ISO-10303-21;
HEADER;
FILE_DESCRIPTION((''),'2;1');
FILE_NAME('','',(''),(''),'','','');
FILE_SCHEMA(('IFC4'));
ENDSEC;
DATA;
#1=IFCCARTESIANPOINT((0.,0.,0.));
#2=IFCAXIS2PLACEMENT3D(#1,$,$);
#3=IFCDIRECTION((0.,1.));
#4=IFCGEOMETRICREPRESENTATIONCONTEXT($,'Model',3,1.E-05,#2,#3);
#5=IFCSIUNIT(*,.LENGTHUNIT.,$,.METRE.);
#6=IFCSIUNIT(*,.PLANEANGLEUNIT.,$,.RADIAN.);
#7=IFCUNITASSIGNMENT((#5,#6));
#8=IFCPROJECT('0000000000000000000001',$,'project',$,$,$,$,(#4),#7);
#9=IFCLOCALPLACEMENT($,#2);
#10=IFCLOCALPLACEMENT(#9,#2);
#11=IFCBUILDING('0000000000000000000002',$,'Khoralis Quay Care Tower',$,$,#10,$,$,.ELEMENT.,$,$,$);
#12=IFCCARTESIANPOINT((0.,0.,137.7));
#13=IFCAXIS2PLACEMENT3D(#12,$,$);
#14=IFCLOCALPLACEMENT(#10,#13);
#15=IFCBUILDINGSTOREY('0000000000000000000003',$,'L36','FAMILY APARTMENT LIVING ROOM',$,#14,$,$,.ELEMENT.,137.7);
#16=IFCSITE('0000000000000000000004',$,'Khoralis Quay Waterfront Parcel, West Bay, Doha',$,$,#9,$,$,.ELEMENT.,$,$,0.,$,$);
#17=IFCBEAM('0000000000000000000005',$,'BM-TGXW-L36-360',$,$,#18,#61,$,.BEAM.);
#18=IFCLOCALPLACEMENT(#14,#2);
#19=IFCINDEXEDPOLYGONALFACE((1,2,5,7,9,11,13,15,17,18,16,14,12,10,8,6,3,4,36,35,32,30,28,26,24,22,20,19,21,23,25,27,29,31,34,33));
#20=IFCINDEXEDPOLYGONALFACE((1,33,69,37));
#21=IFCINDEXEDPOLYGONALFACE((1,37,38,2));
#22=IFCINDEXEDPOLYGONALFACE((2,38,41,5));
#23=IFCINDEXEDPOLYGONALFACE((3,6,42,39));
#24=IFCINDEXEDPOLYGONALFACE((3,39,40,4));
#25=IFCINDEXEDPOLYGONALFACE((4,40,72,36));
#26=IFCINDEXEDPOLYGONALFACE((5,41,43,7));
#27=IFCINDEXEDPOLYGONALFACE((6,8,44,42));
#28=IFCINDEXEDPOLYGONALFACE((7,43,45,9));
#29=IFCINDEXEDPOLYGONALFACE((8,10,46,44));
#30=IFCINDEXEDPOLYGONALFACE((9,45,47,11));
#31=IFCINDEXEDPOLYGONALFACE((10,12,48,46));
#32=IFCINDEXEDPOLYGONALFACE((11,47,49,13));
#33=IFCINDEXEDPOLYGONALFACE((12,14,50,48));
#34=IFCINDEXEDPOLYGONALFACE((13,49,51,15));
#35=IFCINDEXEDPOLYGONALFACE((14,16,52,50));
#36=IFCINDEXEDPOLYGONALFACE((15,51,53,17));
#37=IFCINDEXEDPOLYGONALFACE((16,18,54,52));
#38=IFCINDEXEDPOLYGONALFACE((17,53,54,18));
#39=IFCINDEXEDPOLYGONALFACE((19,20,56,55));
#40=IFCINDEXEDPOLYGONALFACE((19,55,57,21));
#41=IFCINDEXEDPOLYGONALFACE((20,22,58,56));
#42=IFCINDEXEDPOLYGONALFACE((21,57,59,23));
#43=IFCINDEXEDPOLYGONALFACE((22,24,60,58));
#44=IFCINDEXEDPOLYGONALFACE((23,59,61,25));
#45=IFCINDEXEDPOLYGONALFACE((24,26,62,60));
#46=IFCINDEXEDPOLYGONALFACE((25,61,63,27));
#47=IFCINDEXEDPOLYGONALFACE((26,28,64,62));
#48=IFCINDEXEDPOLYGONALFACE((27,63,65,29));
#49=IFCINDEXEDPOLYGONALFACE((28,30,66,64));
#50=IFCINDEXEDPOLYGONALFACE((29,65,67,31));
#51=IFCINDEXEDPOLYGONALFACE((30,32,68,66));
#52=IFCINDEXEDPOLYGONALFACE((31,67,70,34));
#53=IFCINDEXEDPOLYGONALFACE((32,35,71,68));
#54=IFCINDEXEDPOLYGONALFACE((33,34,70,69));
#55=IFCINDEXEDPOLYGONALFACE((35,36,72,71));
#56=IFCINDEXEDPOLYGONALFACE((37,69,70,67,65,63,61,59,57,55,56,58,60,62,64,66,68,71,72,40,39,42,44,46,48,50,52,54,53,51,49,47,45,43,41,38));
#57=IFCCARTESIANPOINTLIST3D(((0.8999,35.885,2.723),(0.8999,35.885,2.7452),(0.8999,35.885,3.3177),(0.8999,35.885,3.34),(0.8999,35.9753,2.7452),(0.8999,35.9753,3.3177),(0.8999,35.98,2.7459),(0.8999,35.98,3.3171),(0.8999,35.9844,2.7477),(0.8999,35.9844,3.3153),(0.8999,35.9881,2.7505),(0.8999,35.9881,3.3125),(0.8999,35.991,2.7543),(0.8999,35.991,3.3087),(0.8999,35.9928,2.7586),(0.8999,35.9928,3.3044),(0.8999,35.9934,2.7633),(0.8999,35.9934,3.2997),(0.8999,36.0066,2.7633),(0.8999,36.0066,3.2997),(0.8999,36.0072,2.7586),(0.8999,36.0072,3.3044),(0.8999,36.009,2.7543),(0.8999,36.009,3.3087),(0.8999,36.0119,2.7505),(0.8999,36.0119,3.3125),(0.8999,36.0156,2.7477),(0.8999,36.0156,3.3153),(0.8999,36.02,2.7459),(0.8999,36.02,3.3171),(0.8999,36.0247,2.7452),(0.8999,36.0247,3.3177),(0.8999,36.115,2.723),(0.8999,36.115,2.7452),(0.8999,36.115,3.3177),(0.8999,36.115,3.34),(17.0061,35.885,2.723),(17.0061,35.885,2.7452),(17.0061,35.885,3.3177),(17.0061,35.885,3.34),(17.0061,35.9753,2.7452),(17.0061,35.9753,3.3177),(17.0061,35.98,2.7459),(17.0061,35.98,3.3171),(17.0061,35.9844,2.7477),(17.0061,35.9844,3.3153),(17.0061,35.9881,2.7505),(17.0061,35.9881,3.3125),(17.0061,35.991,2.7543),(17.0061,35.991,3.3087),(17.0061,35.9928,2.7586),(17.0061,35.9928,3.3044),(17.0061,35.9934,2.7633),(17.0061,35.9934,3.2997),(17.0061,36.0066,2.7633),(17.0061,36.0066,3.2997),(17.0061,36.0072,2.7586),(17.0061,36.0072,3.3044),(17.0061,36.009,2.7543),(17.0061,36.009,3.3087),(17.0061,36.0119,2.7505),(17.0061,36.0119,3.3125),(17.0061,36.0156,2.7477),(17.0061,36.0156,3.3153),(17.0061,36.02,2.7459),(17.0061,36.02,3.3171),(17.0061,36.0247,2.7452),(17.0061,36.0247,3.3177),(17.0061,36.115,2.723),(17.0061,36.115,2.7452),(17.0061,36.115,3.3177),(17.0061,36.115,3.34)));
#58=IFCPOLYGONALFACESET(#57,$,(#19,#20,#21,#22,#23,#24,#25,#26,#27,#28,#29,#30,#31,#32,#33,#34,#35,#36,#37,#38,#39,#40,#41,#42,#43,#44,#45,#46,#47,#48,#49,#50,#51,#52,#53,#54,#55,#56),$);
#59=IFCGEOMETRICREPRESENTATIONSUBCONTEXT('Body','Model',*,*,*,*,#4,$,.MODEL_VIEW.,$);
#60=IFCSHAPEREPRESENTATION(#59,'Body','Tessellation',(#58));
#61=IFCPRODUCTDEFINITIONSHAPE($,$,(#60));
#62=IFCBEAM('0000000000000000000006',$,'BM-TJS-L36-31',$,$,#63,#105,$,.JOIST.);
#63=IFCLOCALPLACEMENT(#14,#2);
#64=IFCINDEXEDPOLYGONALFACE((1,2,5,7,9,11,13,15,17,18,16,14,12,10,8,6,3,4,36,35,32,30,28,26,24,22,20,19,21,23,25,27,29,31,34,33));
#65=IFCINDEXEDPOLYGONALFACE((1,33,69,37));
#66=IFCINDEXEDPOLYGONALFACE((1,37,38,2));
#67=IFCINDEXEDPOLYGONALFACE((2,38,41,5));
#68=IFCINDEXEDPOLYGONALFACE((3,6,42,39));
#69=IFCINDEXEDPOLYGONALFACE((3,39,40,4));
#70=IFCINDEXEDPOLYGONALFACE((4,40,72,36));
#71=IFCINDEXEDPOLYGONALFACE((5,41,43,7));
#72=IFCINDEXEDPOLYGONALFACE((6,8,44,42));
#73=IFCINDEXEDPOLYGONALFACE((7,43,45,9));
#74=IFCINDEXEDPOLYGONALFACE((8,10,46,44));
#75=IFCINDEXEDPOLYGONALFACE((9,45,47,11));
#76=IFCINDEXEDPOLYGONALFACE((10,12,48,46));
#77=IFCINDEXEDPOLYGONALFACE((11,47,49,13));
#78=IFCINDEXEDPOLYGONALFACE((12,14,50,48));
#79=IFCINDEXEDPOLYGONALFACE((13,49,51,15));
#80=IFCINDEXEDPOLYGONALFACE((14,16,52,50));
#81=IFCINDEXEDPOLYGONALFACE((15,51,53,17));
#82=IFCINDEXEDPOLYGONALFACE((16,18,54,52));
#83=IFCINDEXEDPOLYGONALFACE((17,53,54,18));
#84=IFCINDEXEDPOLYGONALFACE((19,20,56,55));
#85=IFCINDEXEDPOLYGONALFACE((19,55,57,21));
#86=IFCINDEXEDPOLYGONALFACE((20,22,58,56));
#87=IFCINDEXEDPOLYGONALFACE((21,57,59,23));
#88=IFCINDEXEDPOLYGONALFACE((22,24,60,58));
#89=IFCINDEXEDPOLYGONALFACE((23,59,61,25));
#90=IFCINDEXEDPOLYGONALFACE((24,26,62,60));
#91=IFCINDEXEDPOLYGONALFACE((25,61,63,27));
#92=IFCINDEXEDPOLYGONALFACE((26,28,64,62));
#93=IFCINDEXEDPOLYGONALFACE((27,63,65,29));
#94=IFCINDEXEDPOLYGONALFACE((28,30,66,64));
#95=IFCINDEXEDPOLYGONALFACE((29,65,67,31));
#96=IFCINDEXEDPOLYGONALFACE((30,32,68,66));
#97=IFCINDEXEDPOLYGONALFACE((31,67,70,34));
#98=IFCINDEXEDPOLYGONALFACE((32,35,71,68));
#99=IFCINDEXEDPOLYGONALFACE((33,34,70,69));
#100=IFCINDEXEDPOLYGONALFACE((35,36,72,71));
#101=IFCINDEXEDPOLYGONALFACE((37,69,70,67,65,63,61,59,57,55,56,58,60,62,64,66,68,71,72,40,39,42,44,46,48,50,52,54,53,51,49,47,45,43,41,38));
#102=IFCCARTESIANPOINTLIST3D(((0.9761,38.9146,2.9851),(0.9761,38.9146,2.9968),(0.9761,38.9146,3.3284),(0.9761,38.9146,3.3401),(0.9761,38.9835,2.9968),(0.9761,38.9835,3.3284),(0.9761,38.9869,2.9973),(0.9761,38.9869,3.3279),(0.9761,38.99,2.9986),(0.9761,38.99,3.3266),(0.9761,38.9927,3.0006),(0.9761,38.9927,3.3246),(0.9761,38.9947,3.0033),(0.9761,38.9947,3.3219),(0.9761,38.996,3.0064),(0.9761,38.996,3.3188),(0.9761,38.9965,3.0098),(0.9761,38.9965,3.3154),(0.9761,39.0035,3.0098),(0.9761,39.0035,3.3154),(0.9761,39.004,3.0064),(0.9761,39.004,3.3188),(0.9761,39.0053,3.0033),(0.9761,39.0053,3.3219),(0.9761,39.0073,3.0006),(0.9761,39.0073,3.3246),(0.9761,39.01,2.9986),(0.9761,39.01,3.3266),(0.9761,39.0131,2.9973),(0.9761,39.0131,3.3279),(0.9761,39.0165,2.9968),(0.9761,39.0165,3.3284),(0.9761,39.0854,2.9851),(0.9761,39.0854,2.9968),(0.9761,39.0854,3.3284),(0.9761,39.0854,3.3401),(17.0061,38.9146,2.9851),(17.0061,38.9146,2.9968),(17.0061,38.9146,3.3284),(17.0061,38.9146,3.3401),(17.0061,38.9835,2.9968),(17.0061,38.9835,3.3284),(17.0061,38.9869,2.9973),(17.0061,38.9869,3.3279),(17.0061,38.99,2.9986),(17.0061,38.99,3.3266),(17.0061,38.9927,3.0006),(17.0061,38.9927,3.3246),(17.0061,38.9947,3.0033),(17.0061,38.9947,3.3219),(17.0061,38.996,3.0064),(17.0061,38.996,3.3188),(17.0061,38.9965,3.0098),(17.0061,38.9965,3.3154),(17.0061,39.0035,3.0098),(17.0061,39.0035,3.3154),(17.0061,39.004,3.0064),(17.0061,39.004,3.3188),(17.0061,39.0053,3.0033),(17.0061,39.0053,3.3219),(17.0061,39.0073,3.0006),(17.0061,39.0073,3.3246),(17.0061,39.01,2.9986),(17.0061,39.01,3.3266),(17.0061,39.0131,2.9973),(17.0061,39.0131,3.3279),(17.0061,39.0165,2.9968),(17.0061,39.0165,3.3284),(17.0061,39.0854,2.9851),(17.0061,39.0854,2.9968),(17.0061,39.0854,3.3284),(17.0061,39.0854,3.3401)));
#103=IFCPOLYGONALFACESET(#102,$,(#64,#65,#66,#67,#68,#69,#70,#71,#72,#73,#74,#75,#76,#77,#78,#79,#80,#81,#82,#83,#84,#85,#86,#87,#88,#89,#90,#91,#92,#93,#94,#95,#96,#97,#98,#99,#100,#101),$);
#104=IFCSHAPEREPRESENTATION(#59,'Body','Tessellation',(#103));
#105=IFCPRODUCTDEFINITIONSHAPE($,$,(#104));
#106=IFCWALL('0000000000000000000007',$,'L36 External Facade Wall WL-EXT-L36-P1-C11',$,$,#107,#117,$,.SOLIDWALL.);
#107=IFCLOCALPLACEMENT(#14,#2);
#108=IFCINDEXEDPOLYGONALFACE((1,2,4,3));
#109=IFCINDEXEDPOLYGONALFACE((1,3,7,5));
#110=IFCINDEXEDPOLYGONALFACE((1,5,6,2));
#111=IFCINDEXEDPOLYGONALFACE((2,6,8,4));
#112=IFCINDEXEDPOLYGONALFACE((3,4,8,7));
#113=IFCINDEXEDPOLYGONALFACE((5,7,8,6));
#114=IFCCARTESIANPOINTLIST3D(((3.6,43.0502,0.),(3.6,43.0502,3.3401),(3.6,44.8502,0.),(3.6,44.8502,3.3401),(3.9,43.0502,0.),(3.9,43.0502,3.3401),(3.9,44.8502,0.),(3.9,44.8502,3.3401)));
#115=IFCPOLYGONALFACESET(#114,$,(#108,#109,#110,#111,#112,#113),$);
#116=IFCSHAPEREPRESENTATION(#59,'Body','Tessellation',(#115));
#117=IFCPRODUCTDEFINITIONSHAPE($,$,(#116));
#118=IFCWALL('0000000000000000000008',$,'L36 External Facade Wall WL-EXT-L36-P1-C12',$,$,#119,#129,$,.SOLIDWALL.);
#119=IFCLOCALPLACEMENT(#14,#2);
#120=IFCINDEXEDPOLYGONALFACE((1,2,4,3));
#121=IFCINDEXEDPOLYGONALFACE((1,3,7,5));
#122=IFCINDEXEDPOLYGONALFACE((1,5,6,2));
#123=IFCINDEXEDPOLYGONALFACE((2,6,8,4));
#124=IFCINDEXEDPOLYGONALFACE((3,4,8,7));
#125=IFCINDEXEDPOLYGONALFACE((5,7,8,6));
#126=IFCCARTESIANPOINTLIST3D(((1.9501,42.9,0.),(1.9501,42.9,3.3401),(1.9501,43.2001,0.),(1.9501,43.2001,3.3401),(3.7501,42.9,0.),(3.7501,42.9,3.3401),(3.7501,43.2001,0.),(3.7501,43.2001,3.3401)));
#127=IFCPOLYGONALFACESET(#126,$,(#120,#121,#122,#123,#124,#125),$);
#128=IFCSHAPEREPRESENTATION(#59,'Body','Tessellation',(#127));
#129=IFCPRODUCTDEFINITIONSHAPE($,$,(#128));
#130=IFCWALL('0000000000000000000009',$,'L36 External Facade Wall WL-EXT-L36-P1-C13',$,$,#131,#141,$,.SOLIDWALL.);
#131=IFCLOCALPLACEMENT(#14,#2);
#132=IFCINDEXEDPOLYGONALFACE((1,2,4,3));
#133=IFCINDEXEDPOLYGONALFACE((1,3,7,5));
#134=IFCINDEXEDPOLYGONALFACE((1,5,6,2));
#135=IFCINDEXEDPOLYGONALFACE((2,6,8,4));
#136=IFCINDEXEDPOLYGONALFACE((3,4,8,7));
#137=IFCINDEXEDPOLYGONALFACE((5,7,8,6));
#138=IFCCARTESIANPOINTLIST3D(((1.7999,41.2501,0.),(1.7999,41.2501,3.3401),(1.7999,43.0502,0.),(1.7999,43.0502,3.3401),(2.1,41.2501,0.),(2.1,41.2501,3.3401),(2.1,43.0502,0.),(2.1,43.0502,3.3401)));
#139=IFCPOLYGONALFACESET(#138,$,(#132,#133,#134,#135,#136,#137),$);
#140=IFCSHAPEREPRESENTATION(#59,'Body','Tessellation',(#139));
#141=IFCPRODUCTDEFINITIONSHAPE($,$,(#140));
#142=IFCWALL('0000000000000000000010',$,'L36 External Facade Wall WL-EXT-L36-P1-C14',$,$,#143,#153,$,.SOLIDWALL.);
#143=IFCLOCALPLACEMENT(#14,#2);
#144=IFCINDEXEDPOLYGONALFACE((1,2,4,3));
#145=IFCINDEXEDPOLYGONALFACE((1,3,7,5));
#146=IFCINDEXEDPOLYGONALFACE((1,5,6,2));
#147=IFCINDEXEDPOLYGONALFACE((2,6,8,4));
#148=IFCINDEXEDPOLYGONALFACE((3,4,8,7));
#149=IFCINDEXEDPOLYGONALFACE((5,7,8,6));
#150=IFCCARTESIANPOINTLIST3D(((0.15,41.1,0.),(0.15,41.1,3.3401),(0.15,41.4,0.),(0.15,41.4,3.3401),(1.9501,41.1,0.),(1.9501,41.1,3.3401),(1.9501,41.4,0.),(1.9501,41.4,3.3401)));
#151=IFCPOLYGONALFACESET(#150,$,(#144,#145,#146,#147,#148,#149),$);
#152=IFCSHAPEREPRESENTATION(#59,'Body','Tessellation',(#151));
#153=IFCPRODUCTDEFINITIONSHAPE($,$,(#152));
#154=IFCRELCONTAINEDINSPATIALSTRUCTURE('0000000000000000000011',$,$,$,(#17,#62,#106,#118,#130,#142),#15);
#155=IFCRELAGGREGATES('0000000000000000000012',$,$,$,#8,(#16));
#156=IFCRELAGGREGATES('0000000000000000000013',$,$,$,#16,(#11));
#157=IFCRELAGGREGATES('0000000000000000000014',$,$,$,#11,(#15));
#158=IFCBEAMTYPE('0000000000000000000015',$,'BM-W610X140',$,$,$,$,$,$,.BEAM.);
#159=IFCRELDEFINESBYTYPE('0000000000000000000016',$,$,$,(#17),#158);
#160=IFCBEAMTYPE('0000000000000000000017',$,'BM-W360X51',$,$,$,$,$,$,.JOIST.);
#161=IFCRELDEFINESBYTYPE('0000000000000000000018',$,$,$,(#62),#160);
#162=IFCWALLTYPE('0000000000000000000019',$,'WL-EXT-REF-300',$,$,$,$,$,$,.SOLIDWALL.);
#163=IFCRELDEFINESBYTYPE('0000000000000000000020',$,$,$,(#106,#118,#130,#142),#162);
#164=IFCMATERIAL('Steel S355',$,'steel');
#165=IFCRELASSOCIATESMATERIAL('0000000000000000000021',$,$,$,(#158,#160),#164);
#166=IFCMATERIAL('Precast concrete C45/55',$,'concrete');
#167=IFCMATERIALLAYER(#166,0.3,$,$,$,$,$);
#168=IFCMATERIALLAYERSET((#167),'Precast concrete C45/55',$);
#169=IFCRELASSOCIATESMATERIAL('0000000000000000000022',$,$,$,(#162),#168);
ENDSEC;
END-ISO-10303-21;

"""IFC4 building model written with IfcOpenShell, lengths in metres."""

from ifc_helpers import new_model, si_unit, direction, frame, frame_2d, origin, origin_2d, place, context, subcontext, project, spatial, rectangle, i_section, extrude, source, transform, mapped, material, layer, layer_set, material_profile, profile_set, type_object, element, save


model = new_model("IFC4")

# Units and contexts
model_context = context("Model", 3, precision=1e-05, world=origin(), true_north=direction((0.0, 1.0)))
body_context = subcontext(model_context, "Body", "Model", "MODEL_VIEW")
ifc_project = project(units=[si_unit("LENGTHUNIT", "METRE"), si_unit("PLANEANGLEUNIT", "RADIAN")], contexts=[model_context])

# Site, building, storey
site_placement = place(None, origin())
site = spatial("IfcSite", under=ifc_project, at=site_placement, Name="Khoralis Quay Waterfront Parcel, West Bay, Doha", CompositionType="ELEMENT", RefElevation=0.0)
building_placement = place(site_placement, origin())
building = spatial("IfcBuilding", under=site, at=building_placement, Name="Khoralis Quay Care Tower", CompositionType="ELEMENT")
storey_placement = place(building_placement, frame((0.0, 0.0, 137.7)))
storey = spatial("IfcBuildingStorey", under=building, at=storey_placement, Name="L36", Description="FAMILY APARTMENT LIVING ROOM", CompositionType="ELEMENT", Elevation=137.7)

# Beams
ifc_material_1 = material(Name="Steel S355", Category="steel")
ifc_material_profile_1 = material_profile(ifc_material_1, i_section(OverallWidth=0.23, OverallDepth=0.6169, WebThickness=0.0132, FlangeThickness=0.0222, FilletRadius=0.0181, at=origin_2d()), Name="Steel S355")
ifc_profile_set_1 = profile_set([ifc_material_profile_1], Name="Steel S355")
beam_type_1 = type_object("IfcBeamType", Name="BM-W610X140", PredefinedType="BEAM", material=ifc_profile_set_1)
shared_shape_1 = source(origin(), body_context, "Body", "SweptSolid", [
    extrude(i_section(OverallWidth=0.23, OverallDepth=0.6169, WebThickness=0.0132, FlangeThickness=0.0222, FilletRadius=0.0181, at=origin_2d()), origin(), (0.0, 0.0, 1.0), 16.1062),
])
beam_1_placement = place(storey_placement, frame((0.8999, 36.0, 3.0315), z_axis=(1.0, 0.0, 0.0), x_axis=(0.0, 1.0, 0.0)))
element("IfcBeam", 1, at=beam_1_placement, inside=storey, type_object=beam_type_1, Name="BM-TGXW-L36-360", PredefinedType="BEAM", context=body_context, shape_type="MappedRepresentation", body=[
    mapped(shared_shape_1, transform((0.0, 0.0, 0.0), scale=1.0)),
])
ifc_material_profile_2 = material_profile(ifc_material_1, i_section(OverallWidth=0.1709, OverallDepth=0.355, WebThickness=0.0071, FlangeThickness=0.0117, FilletRadius=0.0129, at=origin_2d()), Name="Steel S355")
ifc_profile_set_2 = profile_set([ifc_material_profile_2], Name="Steel S355")
beam_type_2 = type_object("IfcBeamType", Name="BM-W360X51", PredefinedType="JOIST", material=ifc_profile_set_2)
shared_shape_2 = source(origin(), body_context, "Body", "SweptSolid", [
    extrude(i_section(OverallWidth=0.1709, OverallDepth=0.355, WebThickness=0.0071, FlangeThickness=0.0117, FilletRadius=0.0129, at=origin_2d()), origin(), (0.0, 0.0, 1.0), 16.03),
])
beam_2_placement = place(storey_placement, frame((0.9761, 39.0, 3.1626), z_axis=(1.0, 0.0, 0.0), x_axis=(0.0, 1.0, 0.0)))
element("IfcBeam", 2, at=beam_2_placement, inside=storey, type_object=beam_type_2, Name="BM-TJS-L36-31", PredefinedType="JOIST", context=body_context, shape_type="MappedRepresentation", body=[
    mapped(shared_shape_2, transform((0.0, 0.0, 0.0), scale=1.0)),
])

# Walls
ifc_material_2 = material(Name="Precast concrete C45/55", Category="concrete")
ifc_layer_1 = layer(ifc_material_2, 0.3)
ifc_layer_set_1 = layer_set([ifc_layer_1], Name="Precast concrete C45/55")
wall_type_1 = type_object("IfcWallType", Name="WL-EXT-REF-300", PredefinedType="SOLIDWALL", material=ifc_layer_set_1)
for number, where, z_axis, x_axis, name in (
    (3, (3.75, 44.8501, 0.0), (0.0, 0.0, 1.0), (0.0, -1.0, 0.0), "L36 External Facade Wall WL-EXT-L36-P1-C11"),
    (4, (3.75, 43.05, 0.0), (0.0, 0.0, 1.0), (-1.0, 0.0, 0.0), "L36 External Facade Wall WL-EXT-L36-P1-C12"),
    (5, (1.95, 43.05, 0.0), (0.0, 0.0, 1.0), (0.0, -1.0, 0.0), "L36 External Facade Wall WL-EXT-L36-P1-C13"),
    (6, (1.95, 41.25, 0.0), (0.0, 0.0, 1.0), (-1.0, 0.0, 0.0), "L36 External Facade Wall WL-EXT-L36-P1-C14"),
):
    element("IfcWall", number, at=place(storey_placement, frame(where, z_axis=z_axis, x_axis=x_axis)), inside=storey, type_object=wall_type_1, Name=name, PredefinedType="SOLIDWALL", context=body_context, shape_type="SweptSolid", body=[
        extrude(rectangle(XDim=1.8, YDim=0.3, at=frame_2d((0.8999, 0.0))), origin(), (0.0, 0.0, 1.0), 3.3401),
    ])

save(model, "model.ifc")
